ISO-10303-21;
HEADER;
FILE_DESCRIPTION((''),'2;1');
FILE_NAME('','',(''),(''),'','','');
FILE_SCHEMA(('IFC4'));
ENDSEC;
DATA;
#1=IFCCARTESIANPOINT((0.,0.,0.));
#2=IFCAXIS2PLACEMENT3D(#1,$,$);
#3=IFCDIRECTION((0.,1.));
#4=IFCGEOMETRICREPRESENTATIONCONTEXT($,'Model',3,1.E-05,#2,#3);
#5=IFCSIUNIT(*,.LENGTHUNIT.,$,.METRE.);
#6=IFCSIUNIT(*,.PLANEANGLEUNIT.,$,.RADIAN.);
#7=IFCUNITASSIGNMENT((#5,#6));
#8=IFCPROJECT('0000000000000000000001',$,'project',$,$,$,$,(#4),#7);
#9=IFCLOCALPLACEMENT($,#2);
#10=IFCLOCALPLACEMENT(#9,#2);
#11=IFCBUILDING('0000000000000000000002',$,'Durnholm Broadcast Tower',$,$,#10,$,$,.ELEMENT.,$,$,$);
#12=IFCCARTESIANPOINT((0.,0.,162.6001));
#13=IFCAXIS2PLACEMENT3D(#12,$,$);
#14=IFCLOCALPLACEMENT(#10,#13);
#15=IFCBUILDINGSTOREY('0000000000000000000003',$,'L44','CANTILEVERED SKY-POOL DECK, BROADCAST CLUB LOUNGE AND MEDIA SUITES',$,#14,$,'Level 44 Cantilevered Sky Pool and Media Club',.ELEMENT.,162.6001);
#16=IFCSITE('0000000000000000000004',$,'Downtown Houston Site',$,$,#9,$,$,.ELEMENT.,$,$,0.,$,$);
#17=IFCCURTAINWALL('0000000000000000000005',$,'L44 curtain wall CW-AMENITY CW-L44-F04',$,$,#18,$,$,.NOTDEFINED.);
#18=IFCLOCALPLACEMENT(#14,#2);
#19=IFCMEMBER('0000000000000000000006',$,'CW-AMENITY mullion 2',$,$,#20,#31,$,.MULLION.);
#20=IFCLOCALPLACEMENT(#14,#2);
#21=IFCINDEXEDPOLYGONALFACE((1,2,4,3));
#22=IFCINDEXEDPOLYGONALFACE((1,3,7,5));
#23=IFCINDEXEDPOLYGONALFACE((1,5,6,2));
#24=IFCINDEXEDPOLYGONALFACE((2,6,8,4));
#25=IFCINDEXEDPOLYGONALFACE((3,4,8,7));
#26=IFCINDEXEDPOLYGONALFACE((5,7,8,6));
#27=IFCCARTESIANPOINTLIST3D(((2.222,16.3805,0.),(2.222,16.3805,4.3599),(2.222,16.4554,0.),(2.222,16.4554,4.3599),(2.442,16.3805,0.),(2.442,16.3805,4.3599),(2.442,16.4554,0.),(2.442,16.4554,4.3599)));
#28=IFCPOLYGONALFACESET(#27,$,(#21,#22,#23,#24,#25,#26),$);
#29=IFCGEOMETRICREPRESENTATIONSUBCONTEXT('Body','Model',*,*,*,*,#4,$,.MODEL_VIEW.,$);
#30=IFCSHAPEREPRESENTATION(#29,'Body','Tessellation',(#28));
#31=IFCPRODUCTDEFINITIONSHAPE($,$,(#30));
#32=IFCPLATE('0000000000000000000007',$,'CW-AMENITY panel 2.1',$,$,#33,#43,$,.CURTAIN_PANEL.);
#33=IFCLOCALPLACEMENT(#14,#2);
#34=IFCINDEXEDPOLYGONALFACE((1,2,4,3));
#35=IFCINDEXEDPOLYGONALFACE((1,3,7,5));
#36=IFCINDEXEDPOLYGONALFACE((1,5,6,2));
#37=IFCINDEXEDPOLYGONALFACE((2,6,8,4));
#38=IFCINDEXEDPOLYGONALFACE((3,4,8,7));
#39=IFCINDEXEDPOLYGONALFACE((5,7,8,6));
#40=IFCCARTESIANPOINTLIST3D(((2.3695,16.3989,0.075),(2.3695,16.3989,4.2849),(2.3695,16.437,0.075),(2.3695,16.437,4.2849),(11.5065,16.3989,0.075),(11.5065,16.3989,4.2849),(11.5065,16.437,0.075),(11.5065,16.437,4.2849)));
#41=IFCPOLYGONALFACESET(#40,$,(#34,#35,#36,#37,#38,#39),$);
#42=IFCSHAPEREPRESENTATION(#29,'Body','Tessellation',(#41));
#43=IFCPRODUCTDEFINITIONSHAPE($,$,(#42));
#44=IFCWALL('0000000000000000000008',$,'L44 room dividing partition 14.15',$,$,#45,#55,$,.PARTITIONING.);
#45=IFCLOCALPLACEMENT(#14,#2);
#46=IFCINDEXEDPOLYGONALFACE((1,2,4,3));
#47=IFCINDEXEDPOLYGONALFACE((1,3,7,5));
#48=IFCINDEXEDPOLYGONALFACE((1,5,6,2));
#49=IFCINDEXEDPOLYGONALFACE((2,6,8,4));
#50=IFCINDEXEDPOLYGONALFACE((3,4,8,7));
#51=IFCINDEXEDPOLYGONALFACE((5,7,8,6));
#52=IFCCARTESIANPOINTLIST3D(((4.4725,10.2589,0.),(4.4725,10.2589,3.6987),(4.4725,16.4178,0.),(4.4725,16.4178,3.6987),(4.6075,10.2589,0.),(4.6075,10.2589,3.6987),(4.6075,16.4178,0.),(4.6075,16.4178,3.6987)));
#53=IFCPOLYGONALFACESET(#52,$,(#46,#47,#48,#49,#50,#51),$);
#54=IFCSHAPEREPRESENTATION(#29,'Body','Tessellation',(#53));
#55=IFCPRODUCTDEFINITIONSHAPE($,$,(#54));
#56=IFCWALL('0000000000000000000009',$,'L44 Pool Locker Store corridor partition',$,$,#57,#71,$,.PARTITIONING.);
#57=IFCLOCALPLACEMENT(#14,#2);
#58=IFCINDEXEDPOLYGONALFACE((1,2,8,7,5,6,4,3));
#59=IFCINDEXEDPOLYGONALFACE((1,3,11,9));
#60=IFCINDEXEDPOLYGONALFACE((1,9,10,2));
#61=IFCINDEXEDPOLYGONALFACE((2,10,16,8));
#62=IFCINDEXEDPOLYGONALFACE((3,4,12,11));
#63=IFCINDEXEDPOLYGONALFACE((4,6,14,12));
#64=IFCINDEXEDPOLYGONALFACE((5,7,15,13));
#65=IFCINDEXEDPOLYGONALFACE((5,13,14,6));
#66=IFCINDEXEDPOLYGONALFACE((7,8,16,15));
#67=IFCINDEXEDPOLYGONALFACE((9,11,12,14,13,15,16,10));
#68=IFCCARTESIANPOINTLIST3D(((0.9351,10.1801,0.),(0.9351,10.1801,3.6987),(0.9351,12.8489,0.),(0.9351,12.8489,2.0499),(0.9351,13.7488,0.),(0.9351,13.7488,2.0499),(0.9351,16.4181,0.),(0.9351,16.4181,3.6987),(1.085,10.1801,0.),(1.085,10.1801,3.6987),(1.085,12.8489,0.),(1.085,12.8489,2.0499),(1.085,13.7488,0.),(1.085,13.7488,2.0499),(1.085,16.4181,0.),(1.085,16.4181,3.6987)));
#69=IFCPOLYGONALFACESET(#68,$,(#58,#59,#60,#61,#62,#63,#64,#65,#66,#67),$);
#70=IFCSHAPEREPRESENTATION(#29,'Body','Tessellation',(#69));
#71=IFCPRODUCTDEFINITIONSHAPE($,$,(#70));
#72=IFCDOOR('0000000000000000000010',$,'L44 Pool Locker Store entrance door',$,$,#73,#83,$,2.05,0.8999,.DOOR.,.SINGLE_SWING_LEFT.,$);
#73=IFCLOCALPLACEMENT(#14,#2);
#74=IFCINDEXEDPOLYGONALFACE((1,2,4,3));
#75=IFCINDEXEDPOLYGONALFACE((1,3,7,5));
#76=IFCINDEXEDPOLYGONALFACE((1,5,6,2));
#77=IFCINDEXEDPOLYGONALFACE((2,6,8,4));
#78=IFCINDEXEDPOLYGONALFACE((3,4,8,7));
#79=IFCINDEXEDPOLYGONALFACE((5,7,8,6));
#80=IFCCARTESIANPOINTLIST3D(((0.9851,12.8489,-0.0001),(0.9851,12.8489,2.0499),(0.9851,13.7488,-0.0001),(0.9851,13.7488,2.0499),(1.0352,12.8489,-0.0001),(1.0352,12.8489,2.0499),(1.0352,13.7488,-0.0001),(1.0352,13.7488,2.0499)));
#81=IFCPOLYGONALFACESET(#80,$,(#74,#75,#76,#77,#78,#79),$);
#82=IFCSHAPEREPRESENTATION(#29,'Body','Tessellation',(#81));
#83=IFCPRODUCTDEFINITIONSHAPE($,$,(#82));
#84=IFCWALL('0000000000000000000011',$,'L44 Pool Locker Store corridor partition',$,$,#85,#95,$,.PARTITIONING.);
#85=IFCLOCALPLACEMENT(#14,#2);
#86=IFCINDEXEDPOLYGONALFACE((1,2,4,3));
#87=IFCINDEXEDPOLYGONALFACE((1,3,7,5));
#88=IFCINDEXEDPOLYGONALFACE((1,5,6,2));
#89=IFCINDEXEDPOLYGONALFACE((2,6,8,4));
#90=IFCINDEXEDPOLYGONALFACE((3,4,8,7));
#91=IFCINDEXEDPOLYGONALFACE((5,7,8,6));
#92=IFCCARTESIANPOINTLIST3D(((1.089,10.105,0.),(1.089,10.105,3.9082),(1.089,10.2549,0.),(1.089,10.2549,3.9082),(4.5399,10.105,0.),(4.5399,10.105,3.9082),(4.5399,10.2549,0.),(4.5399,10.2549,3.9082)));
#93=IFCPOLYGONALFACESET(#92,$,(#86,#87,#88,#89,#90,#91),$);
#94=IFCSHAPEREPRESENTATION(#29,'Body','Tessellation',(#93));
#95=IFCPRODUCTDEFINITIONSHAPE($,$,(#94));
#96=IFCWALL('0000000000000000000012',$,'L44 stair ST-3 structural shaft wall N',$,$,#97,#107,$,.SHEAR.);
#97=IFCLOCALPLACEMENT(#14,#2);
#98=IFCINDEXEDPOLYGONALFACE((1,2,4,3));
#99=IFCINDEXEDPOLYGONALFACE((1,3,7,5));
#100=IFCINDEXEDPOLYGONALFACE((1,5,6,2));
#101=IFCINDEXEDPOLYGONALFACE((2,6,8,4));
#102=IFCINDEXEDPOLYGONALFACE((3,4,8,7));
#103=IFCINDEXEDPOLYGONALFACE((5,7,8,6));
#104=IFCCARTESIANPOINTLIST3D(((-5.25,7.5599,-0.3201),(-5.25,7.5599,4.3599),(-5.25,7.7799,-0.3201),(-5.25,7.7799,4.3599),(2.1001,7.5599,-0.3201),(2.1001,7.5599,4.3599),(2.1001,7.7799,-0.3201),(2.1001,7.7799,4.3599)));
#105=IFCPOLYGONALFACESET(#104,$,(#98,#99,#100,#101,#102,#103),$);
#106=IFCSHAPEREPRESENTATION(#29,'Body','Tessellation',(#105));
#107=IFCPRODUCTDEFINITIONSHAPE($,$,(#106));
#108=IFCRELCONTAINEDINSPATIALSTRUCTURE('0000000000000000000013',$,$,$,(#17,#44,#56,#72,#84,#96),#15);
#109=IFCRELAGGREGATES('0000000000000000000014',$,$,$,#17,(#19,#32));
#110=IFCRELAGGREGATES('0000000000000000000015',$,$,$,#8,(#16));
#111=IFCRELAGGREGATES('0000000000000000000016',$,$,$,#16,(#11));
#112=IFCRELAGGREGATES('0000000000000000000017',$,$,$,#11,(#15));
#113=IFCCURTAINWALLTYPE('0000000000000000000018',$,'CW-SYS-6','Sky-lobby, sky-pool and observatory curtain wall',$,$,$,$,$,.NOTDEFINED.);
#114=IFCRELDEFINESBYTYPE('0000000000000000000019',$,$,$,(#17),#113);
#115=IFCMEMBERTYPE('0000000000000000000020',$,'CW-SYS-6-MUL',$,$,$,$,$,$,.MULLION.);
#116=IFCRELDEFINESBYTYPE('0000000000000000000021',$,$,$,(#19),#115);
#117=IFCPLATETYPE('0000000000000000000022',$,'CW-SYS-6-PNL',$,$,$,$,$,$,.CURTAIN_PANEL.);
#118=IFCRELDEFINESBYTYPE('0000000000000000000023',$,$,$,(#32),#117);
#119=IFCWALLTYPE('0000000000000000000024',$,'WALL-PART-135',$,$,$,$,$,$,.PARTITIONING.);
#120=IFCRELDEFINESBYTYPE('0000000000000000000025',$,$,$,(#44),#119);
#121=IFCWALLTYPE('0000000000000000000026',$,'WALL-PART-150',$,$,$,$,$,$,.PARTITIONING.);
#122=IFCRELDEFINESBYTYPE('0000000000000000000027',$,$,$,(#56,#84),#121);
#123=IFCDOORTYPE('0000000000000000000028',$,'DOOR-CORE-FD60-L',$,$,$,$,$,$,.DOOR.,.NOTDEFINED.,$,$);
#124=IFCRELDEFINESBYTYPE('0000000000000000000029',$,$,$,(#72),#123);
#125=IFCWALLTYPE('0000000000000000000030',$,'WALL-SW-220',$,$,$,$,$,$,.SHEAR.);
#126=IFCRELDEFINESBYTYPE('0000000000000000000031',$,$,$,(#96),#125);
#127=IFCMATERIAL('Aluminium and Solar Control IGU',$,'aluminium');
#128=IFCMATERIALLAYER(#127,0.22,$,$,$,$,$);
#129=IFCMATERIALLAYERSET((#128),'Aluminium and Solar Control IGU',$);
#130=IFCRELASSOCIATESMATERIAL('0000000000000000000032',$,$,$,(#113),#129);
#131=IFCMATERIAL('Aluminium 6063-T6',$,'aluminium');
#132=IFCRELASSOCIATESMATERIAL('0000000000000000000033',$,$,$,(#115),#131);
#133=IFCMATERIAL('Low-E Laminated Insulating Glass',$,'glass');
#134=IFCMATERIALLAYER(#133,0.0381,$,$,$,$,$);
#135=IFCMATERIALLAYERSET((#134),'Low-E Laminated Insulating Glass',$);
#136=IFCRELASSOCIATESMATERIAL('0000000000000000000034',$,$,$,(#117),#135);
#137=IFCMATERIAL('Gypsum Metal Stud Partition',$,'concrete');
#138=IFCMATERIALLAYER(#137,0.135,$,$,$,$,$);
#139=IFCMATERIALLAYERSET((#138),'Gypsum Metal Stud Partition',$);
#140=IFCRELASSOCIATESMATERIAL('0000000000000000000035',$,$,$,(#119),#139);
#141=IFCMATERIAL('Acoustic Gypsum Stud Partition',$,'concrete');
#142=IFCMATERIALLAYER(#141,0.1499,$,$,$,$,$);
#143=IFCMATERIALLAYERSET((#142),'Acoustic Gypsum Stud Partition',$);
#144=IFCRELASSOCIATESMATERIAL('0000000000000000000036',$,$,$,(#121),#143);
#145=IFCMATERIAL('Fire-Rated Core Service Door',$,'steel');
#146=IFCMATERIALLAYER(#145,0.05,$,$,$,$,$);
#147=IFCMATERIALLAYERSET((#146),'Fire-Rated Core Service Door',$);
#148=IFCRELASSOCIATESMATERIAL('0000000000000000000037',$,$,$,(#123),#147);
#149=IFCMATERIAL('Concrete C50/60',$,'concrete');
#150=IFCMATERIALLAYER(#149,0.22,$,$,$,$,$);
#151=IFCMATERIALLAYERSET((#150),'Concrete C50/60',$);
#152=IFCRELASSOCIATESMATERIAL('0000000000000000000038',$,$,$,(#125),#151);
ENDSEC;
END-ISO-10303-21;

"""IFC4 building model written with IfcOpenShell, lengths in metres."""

from ifc_helpers import new_model, si_unit, direction, frame, frame_2d, origin, origin_2d, place, context, subcontext, project, spatial, rectangle, extrude, source, transform, mapped, material, layer, layer_set, material_profile, profile_set, type_object, type_shapes, element, fill, aggregate, save


model = new_model("IFC4")

# Units and contexts
model_context = context("Model", 3, precision=1e-05, world=origin(), true_north=direction((0.0, 1.0)))
body_context = subcontext(model_context, "Body", "Model", "MODEL_VIEW")
ifc_project = project(units=[si_unit("LENGTHUNIT", "METRE"), si_unit("PLANEANGLEUNIT", "RADIAN")], contexts=[model_context])

# Site, building, storey
site_placement = place(None, origin())
site = spatial("IfcSite", under=ifc_project, at=site_placement, Name="Downtown Houston Site", CompositionType="ELEMENT", RefElevation=0.0)
building_placement = place(site_placement, origin())
building = spatial("IfcBuilding", under=site, at=building_placement, Name="Durnholm Broadcast Tower", CompositionType="ELEMENT")
storey_placement = place(building_placement, frame((0.0, 0.0, 162.6001)))
storey = spatial("IfcBuildingStorey", under=building, at=storey_placement, Name="L44", Description="CANTILEVERED SKY-POOL DECK, BROADCAST CLUB LOUNGE AND MEDIA SUITES", LongName="Level 44 Cantilevered Sky Pool and Media Club", CompositionType="ELEMENT", Elevation=162.6001)

# Curtain wall, member, plate
ifc_material_1 = material(Name="Aluminium and Solar Control IGU", Category="aluminium")
ifc_layer_1 = layer(ifc_material_1, 0.22)
ifc_layer_set_1 = layer_set([ifc_layer_1], Name="Aluminium and Solar Control IGU")
curtain_wall_type = type_object("IfcCurtainWallType", Name="CW-SYS-6", Description="Sky-lobby, sky-pool and observatory curtain wall", PredefinedType="NOTDEFINED", material=ifc_layer_set_1)
curtain_wall_placement = place(storey_placement, origin())
curtain_wall = element("IfcCurtainWall", 1, at=curtain_wall_placement, inside=storey, type_object=curtain_wall_type, Name="L44 curtain wall CW-AMENITY CW-L44-F04", PredefinedType="NOTDEFINED")
ifc_material_2 = material(Name="Aluminium 6063-T6", Category="aluminium")
ifc_material_profile_1 = material_profile(ifc_material_2, rectangle(XDim=0.075, YDim=0.22, at=origin_2d()), Name="CWM75X220")
ifc_profile_set_1 = profile_set([ifc_material_profile_1], Name="Aluminium 6063-T6")
member_type_1 = type_object("IfcMemberType", Name="CW-SYS-6-MUL", PredefinedType="MULLION", material=ifc_profile_set_1)
shared_shape_1 = source(origin(), body_context, "Body", "SweptSolid", [
    extrude(rectangle(XDim=0.075, YDim=0.22, at=origin_2d()), origin(), (0.0, 0.0, 1.0), 4.3599),
])
type_shapes(member_type_1, [shared_shape_1])
member_1_placement = place(storey_placement, frame((2.332, 16.418, 0.0), z_axis=(0.0, 0.0, 1.0), x_axis=(0.0, 1.0, 0.0)))
member_1 = element("IfcMember", 2, at=member_1_placement, type_object=member_type_1, Name="CW-AMENITY mullion 2", PredefinedType="MULLION", context=body_context, shape_type="MappedRepresentation", body=[
    mapped(shared_shape_1, transform((0.0, 0.0, 0.0), x_axis=(1.0, 0.0, 0.0), y_axis=(0.0, 1.0, 0.0), z_axis=(0.0, 0.0, 1.0), scale=1.0)),
])
ifc_material_3 = material(Name="Low-E Laminated Insulating Glass", Category="glass")
ifc_layer_2 = layer(ifc_material_3, 0.0381)
ifc_layer_set_2 = layer_set([ifc_layer_2], Name="Low-E Laminated Insulating Glass")
plate_type = type_object("IfcPlateType", Name="CW-SYS-6-PNL", PredefinedType="CURTAIN_PANEL", material=ifc_layer_set_2)
shared_shape_2 = source(origin(), body_context, "Body", "SweptSolid", [
    extrude(rectangle(XDim=9.137, YDim=0.0381, at=origin_2d()), origin(), (0.0, 0.0, 1.0), 4.21),
])
type_shapes(plate_type, [shared_shape_2])
plate_placement = place(storey_placement, frame((6.938, 16.418, 0.075), z_axis=(0.0, 0.0, 1.0), x_axis=(1.0, 0.0, 0.0)))
plate = element("IfcPlate", 3, at=plate_placement, type_object=plate_type, Name="CW-AMENITY panel 2.1", PredefinedType="CURTAIN_PANEL", context=body_context, shape_type="MappedRepresentation", body=[
    mapped(shared_shape_2, transform((0.0, 0.0, 0.0), x_axis=(1.0, 0.0, 0.0), y_axis=(0.0, 1.0, 0.0), z_axis=(0.0, 0.0, 1.0), scale=1.0)),
])
aggregate(curtain_wall, [member_1, plate])

# Wall
ifc_material_4 = material(Name="Gypsum Metal Stud Partition", Category="concrete")
ifc_layer_3 = layer(ifc_material_4, 0.135)
ifc_layer_set_3 = layer_set([ifc_layer_3], Name="Gypsum Metal Stud Partition")
wall_type_1 = type_object("IfcWallType", Name="WALL-PART-135", PredefinedType="PARTITIONING", material=ifc_layer_set_3)
wall_1_placement = place(storey_placement, frame((4.54, 16.418, 0.0), z_axis=(0.0, 0.0, 1.0), x_axis=(0.0, -1.0, 0.0)))
element("IfcWall", 4, at=wall_1_placement, inside=storey, type_object=wall_type_1, Name="L44 room dividing partition 14.15", PredefinedType="PARTITIONING", context=body_context, shape_type="SweptSolid", body=[
    extrude(rectangle(XDim=6.1589, YDim=0.135, at=frame_2d((3.0796, 0.0))), origin(), (0.0, 0.0, 1.0), 3.6987),
])

# Wall, opening, door
ifc_material_5 = material(Name="Acoustic Gypsum Stud Partition", Category="concrete")
ifc_layer_4 = layer(ifc_material_5, 0.1499)
ifc_layer_set_4 = layer_set([ifc_layer_4], Name="Acoustic Gypsum Stud Partition")
wall_type_2 = type_object("IfcWallType", Name="WALL-PART-150", PredefinedType="PARTITIONING", material=ifc_layer_set_4)
wall_2_placement = place(storey_placement, frame((1.01, 10.1799, 0.0), z_axis=(0.0, 0.0, 1.0), x_axis=(0.0, 1.0, 0.0)))
wall_2 = element("IfcWall", 5, at=wall_2_placement, inside=storey, type_object=wall_type_2, Name="L44 Pool Locker Store corridor partition", PredefinedType="PARTITIONING", context=body_context, shape_type="SweptSolid", body=[
    extrude(rectangle(XDim=6.238, YDim=0.1499, at=frame_2d((3.1191, 0.0))), origin(), (0.0, 0.0, 1.0), 3.6987),
])
opening_placement = place(wall_2_placement, frame((2.6689, 0.0, 0.0)))
opening = element("IfcOpeningElement", 6, at=opening_placement, cuts=wall_2, PredefinedType="OPENING", context=body_context, shape_type="SweptSolid", body=[
    extrude(rectangle(XDim=0.8999, YDim=2.05, at=frame_2d((0.45, 1.0249))), frame((0.0, 0.085, 0.0), z_axis=(0.0, -1.0, 0.0), x_axis=(1.0, 0.0, 0.0)), (0.0, 0.0, 1.0), 0.1699),
])
ifc_material_6 = material(Name="Fire-Rated Core Service Door", Category="steel")
ifc_layer_5 = layer(ifc_material_6, 0.05)
ifc_layer_set_5 = layer_set([ifc_layer_5], Name="Fire-Rated Core Service Door")
door_type = type_object("IfcDoorType", Name="DOOR-CORE-FD60-L", OperationType="NOTDEFINED", PredefinedType="DOOR", material=ifc_layer_set_5)
shared_shape_3 = source(origin(), body_context, "Body", "SweptSolid", [
    extrude(rectangle(XDim=0.8999, YDim=2.05, at=frame_2d((0.45, 1.0249))), frame((0.0, 0.0249, 0.0), z_axis=(0.0, -1.0, 0.0), x_axis=(1.0, 0.0, 0.0)), (0.0, 0.0, 1.0), 0.05),
])
type_shapes(door_type, [shared_shape_3])
door_placement = place(opening_placement, origin())
door = element("IfcDoor", 7, at=door_placement, inside=storey, type_object=door_type, Name="L44 Pool Locker Store entrance door", OperationType="SINGLE_SWING_LEFT", OverallHeight=2.05, OverallWidth=0.8999, PredefinedType="DOOR", context=body_context, shape_type="MappedRepresentation", body=[
    mapped(shared_shape_3, transform((0.0, 0.0, 0.0), x_axis=(1.0, 0.0, 0.0), y_axis=(0.0, 1.0, 0.0), z_axis=(0.0, 0.0, 1.0), scale=1.0)),
])
fill(opening, door)

# Walls
wall_3_placement = place(storey_placement, frame((4.54, 10.1799, 0.0), z_axis=(0.0, 0.0, 1.0), x_axis=(-1.0, 0.0, 0.0)))
element("IfcWall", 8, at=wall_3_placement, inside=storey, type_object=wall_type_2, Name="L44 Pool Locker Store corridor partition", PredefinedType="PARTITIONING", context=body_context, shape_type="SweptSolid", body=[
    extrude(rectangle(XDim=3.4509, YDim=0.1499, at=frame_2d((1.7256, 0.0))), origin(), (0.0, 0.0, 1.0), 3.9082),
])
ifc_material_7 = material(Name="Concrete C50/60", Category="concrete")
ifc_layer_6 = layer(ifc_material_7, 0.22)
ifc_layer_set_6 = layer_set([ifc_layer_6], Name="Concrete C50/60")
wall_type_3 = type_object("IfcWallType", Name="WALL-SW-220", PredefinedType="SHEAR", material=ifc_layer_set_6)
wall_4_placement = place(storey_placement, frame((2.1001, 7.6699, -0.3201), z_axis=(0.0, 0.0, 1.0), x_axis=(-1.0, 0.0, 0.0)))
element("IfcWall", 9, at=wall_4_placement, inside=storey, type_object=wall_type_3, Name="L44 stair ST-3 structural shaft wall N", PredefinedType="SHEAR", context=body_context, shape_type="SweptSolid", body=[
    extrude(rectangle(XDim=7.3501, YDim=0.22, at=frame_2d((3.675, 0.0))), origin(), (0.0, 0.0, 1.0), 4.6799),
])

save(model, "model.ifc")
